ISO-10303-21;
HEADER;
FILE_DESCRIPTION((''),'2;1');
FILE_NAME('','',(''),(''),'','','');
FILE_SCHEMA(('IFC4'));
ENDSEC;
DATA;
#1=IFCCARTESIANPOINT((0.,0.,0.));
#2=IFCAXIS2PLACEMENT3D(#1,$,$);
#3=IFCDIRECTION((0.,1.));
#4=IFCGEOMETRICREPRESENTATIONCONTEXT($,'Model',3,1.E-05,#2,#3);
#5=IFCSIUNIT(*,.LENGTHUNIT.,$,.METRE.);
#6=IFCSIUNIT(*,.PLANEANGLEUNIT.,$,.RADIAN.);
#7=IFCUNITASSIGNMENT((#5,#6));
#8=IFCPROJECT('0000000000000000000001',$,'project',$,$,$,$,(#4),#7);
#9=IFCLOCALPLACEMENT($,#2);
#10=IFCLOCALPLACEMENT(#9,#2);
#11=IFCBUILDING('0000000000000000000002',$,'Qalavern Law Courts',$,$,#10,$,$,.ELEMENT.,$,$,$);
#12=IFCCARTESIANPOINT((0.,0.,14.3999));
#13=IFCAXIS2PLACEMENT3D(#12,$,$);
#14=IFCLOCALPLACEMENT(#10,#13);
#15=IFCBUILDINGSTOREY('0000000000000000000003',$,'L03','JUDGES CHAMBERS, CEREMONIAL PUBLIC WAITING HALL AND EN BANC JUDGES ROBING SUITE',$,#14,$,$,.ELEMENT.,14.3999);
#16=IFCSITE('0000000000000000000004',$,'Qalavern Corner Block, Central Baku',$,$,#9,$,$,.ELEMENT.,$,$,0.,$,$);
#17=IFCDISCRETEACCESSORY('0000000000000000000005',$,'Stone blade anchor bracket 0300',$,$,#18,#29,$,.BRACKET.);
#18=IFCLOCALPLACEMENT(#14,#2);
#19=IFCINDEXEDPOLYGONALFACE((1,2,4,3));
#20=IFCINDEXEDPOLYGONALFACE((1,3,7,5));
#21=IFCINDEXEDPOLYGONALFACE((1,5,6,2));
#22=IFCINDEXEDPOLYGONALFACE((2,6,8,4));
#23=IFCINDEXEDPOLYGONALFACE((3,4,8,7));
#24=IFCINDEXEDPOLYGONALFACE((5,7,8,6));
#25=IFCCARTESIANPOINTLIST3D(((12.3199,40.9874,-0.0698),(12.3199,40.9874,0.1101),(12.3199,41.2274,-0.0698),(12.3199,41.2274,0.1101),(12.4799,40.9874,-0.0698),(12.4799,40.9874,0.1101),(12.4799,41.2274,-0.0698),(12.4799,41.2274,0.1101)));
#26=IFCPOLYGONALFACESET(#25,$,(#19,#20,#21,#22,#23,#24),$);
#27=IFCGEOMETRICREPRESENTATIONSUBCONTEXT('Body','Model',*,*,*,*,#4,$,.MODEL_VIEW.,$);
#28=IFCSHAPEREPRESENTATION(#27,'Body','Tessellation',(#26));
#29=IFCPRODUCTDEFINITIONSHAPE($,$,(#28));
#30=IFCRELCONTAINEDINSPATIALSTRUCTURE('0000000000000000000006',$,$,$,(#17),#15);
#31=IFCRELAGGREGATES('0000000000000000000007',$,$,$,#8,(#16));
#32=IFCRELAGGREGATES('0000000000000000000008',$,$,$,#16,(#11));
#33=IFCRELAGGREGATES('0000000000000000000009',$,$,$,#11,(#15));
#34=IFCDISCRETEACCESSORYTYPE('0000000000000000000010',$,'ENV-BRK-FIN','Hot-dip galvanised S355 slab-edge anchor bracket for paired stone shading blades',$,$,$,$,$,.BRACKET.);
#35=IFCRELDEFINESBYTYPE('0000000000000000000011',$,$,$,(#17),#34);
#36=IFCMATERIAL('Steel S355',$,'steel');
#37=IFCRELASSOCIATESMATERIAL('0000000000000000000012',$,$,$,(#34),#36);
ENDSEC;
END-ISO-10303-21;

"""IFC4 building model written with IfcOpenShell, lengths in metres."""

from ifc_helpers import new_model, si_unit, direction, frame, origin, origin_2d, place, context, subcontext, project, spatial, rectangle, extrude, material, type_object, element, save


model = new_model("IFC4")

# Units and contexts
model_context = context("Model", 3, precision=1e-05, world=origin(), true_north=direction((0.0, 1.0)))
body_context = subcontext(model_context, "Body", "Model", "MODEL_VIEW")
ifc_project = project(units=[si_unit("LENGTHUNIT", "METRE"), si_unit("PLANEANGLEUNIT", "RADIAN")], contexts=[model_context])

# Site, building, storey
site_placement = place(None, origin())
site = spatial("IfcSite", under=ifc_project, at=site_placement, Name="Qalavern Corner Block, Central Baku", CompositionType="ELEMENT", RefElevation=0.0)
building_placement = place(site_placement, origin())
building = spatial("IfcBuilding", under=site, at=building_placement, Name="Qalavern Law Courts", CompositionType="ELEMENT")
storey_placement = place(building_placement, frame((0.0, 0.0, 14.3999)))
storey = spatial("IfcBuildingStorey", under=building, at=storey_placement, Name="L03", Description="JUDGES CHAMBERS, CEREMONIAL PUBLIC WAITING HALL AND EN BANC JUDGES ROBING SUITE", CompositionType="ELEMENT", Elevation=14.3999)

# Discrete accessory
ifc_material_1 = material(Name="Steel S355", Category="steel")
discrete_accessory_type = type_object("IfcDiscreteAccessoryType", Name="ENV-BRK-FIN", Description="Hot-dip galvanised S355 slab-edge anchor bracket for paired stone shading blades", PredefinedType="BRACKET", material=ifc_material_1)
discrete_accessory_placement = place(storey_placement, frame((12.3999, 41.1074, -0.0698), z_axis=(0.0, 0.0, 1.0), x_axis=(0.0, -1.0, 0.0)))
element("IfcDiscreteAccessory", 1, at=discrete_accessory_placement, inside=storey, type_object=discrete_accessory_type, Name="Stone blade anchor bracket 0300", PredefinedType="BRACKET", context=body_context, shape_type="SweptSolid", body=[
    extrude(rectangle(XDim=0.24, YDim=0.1599, at=origin_2d()), origin(), (0.0, 0.0, 1.0), 0.1799),
])

save(model, "model.ifc")
